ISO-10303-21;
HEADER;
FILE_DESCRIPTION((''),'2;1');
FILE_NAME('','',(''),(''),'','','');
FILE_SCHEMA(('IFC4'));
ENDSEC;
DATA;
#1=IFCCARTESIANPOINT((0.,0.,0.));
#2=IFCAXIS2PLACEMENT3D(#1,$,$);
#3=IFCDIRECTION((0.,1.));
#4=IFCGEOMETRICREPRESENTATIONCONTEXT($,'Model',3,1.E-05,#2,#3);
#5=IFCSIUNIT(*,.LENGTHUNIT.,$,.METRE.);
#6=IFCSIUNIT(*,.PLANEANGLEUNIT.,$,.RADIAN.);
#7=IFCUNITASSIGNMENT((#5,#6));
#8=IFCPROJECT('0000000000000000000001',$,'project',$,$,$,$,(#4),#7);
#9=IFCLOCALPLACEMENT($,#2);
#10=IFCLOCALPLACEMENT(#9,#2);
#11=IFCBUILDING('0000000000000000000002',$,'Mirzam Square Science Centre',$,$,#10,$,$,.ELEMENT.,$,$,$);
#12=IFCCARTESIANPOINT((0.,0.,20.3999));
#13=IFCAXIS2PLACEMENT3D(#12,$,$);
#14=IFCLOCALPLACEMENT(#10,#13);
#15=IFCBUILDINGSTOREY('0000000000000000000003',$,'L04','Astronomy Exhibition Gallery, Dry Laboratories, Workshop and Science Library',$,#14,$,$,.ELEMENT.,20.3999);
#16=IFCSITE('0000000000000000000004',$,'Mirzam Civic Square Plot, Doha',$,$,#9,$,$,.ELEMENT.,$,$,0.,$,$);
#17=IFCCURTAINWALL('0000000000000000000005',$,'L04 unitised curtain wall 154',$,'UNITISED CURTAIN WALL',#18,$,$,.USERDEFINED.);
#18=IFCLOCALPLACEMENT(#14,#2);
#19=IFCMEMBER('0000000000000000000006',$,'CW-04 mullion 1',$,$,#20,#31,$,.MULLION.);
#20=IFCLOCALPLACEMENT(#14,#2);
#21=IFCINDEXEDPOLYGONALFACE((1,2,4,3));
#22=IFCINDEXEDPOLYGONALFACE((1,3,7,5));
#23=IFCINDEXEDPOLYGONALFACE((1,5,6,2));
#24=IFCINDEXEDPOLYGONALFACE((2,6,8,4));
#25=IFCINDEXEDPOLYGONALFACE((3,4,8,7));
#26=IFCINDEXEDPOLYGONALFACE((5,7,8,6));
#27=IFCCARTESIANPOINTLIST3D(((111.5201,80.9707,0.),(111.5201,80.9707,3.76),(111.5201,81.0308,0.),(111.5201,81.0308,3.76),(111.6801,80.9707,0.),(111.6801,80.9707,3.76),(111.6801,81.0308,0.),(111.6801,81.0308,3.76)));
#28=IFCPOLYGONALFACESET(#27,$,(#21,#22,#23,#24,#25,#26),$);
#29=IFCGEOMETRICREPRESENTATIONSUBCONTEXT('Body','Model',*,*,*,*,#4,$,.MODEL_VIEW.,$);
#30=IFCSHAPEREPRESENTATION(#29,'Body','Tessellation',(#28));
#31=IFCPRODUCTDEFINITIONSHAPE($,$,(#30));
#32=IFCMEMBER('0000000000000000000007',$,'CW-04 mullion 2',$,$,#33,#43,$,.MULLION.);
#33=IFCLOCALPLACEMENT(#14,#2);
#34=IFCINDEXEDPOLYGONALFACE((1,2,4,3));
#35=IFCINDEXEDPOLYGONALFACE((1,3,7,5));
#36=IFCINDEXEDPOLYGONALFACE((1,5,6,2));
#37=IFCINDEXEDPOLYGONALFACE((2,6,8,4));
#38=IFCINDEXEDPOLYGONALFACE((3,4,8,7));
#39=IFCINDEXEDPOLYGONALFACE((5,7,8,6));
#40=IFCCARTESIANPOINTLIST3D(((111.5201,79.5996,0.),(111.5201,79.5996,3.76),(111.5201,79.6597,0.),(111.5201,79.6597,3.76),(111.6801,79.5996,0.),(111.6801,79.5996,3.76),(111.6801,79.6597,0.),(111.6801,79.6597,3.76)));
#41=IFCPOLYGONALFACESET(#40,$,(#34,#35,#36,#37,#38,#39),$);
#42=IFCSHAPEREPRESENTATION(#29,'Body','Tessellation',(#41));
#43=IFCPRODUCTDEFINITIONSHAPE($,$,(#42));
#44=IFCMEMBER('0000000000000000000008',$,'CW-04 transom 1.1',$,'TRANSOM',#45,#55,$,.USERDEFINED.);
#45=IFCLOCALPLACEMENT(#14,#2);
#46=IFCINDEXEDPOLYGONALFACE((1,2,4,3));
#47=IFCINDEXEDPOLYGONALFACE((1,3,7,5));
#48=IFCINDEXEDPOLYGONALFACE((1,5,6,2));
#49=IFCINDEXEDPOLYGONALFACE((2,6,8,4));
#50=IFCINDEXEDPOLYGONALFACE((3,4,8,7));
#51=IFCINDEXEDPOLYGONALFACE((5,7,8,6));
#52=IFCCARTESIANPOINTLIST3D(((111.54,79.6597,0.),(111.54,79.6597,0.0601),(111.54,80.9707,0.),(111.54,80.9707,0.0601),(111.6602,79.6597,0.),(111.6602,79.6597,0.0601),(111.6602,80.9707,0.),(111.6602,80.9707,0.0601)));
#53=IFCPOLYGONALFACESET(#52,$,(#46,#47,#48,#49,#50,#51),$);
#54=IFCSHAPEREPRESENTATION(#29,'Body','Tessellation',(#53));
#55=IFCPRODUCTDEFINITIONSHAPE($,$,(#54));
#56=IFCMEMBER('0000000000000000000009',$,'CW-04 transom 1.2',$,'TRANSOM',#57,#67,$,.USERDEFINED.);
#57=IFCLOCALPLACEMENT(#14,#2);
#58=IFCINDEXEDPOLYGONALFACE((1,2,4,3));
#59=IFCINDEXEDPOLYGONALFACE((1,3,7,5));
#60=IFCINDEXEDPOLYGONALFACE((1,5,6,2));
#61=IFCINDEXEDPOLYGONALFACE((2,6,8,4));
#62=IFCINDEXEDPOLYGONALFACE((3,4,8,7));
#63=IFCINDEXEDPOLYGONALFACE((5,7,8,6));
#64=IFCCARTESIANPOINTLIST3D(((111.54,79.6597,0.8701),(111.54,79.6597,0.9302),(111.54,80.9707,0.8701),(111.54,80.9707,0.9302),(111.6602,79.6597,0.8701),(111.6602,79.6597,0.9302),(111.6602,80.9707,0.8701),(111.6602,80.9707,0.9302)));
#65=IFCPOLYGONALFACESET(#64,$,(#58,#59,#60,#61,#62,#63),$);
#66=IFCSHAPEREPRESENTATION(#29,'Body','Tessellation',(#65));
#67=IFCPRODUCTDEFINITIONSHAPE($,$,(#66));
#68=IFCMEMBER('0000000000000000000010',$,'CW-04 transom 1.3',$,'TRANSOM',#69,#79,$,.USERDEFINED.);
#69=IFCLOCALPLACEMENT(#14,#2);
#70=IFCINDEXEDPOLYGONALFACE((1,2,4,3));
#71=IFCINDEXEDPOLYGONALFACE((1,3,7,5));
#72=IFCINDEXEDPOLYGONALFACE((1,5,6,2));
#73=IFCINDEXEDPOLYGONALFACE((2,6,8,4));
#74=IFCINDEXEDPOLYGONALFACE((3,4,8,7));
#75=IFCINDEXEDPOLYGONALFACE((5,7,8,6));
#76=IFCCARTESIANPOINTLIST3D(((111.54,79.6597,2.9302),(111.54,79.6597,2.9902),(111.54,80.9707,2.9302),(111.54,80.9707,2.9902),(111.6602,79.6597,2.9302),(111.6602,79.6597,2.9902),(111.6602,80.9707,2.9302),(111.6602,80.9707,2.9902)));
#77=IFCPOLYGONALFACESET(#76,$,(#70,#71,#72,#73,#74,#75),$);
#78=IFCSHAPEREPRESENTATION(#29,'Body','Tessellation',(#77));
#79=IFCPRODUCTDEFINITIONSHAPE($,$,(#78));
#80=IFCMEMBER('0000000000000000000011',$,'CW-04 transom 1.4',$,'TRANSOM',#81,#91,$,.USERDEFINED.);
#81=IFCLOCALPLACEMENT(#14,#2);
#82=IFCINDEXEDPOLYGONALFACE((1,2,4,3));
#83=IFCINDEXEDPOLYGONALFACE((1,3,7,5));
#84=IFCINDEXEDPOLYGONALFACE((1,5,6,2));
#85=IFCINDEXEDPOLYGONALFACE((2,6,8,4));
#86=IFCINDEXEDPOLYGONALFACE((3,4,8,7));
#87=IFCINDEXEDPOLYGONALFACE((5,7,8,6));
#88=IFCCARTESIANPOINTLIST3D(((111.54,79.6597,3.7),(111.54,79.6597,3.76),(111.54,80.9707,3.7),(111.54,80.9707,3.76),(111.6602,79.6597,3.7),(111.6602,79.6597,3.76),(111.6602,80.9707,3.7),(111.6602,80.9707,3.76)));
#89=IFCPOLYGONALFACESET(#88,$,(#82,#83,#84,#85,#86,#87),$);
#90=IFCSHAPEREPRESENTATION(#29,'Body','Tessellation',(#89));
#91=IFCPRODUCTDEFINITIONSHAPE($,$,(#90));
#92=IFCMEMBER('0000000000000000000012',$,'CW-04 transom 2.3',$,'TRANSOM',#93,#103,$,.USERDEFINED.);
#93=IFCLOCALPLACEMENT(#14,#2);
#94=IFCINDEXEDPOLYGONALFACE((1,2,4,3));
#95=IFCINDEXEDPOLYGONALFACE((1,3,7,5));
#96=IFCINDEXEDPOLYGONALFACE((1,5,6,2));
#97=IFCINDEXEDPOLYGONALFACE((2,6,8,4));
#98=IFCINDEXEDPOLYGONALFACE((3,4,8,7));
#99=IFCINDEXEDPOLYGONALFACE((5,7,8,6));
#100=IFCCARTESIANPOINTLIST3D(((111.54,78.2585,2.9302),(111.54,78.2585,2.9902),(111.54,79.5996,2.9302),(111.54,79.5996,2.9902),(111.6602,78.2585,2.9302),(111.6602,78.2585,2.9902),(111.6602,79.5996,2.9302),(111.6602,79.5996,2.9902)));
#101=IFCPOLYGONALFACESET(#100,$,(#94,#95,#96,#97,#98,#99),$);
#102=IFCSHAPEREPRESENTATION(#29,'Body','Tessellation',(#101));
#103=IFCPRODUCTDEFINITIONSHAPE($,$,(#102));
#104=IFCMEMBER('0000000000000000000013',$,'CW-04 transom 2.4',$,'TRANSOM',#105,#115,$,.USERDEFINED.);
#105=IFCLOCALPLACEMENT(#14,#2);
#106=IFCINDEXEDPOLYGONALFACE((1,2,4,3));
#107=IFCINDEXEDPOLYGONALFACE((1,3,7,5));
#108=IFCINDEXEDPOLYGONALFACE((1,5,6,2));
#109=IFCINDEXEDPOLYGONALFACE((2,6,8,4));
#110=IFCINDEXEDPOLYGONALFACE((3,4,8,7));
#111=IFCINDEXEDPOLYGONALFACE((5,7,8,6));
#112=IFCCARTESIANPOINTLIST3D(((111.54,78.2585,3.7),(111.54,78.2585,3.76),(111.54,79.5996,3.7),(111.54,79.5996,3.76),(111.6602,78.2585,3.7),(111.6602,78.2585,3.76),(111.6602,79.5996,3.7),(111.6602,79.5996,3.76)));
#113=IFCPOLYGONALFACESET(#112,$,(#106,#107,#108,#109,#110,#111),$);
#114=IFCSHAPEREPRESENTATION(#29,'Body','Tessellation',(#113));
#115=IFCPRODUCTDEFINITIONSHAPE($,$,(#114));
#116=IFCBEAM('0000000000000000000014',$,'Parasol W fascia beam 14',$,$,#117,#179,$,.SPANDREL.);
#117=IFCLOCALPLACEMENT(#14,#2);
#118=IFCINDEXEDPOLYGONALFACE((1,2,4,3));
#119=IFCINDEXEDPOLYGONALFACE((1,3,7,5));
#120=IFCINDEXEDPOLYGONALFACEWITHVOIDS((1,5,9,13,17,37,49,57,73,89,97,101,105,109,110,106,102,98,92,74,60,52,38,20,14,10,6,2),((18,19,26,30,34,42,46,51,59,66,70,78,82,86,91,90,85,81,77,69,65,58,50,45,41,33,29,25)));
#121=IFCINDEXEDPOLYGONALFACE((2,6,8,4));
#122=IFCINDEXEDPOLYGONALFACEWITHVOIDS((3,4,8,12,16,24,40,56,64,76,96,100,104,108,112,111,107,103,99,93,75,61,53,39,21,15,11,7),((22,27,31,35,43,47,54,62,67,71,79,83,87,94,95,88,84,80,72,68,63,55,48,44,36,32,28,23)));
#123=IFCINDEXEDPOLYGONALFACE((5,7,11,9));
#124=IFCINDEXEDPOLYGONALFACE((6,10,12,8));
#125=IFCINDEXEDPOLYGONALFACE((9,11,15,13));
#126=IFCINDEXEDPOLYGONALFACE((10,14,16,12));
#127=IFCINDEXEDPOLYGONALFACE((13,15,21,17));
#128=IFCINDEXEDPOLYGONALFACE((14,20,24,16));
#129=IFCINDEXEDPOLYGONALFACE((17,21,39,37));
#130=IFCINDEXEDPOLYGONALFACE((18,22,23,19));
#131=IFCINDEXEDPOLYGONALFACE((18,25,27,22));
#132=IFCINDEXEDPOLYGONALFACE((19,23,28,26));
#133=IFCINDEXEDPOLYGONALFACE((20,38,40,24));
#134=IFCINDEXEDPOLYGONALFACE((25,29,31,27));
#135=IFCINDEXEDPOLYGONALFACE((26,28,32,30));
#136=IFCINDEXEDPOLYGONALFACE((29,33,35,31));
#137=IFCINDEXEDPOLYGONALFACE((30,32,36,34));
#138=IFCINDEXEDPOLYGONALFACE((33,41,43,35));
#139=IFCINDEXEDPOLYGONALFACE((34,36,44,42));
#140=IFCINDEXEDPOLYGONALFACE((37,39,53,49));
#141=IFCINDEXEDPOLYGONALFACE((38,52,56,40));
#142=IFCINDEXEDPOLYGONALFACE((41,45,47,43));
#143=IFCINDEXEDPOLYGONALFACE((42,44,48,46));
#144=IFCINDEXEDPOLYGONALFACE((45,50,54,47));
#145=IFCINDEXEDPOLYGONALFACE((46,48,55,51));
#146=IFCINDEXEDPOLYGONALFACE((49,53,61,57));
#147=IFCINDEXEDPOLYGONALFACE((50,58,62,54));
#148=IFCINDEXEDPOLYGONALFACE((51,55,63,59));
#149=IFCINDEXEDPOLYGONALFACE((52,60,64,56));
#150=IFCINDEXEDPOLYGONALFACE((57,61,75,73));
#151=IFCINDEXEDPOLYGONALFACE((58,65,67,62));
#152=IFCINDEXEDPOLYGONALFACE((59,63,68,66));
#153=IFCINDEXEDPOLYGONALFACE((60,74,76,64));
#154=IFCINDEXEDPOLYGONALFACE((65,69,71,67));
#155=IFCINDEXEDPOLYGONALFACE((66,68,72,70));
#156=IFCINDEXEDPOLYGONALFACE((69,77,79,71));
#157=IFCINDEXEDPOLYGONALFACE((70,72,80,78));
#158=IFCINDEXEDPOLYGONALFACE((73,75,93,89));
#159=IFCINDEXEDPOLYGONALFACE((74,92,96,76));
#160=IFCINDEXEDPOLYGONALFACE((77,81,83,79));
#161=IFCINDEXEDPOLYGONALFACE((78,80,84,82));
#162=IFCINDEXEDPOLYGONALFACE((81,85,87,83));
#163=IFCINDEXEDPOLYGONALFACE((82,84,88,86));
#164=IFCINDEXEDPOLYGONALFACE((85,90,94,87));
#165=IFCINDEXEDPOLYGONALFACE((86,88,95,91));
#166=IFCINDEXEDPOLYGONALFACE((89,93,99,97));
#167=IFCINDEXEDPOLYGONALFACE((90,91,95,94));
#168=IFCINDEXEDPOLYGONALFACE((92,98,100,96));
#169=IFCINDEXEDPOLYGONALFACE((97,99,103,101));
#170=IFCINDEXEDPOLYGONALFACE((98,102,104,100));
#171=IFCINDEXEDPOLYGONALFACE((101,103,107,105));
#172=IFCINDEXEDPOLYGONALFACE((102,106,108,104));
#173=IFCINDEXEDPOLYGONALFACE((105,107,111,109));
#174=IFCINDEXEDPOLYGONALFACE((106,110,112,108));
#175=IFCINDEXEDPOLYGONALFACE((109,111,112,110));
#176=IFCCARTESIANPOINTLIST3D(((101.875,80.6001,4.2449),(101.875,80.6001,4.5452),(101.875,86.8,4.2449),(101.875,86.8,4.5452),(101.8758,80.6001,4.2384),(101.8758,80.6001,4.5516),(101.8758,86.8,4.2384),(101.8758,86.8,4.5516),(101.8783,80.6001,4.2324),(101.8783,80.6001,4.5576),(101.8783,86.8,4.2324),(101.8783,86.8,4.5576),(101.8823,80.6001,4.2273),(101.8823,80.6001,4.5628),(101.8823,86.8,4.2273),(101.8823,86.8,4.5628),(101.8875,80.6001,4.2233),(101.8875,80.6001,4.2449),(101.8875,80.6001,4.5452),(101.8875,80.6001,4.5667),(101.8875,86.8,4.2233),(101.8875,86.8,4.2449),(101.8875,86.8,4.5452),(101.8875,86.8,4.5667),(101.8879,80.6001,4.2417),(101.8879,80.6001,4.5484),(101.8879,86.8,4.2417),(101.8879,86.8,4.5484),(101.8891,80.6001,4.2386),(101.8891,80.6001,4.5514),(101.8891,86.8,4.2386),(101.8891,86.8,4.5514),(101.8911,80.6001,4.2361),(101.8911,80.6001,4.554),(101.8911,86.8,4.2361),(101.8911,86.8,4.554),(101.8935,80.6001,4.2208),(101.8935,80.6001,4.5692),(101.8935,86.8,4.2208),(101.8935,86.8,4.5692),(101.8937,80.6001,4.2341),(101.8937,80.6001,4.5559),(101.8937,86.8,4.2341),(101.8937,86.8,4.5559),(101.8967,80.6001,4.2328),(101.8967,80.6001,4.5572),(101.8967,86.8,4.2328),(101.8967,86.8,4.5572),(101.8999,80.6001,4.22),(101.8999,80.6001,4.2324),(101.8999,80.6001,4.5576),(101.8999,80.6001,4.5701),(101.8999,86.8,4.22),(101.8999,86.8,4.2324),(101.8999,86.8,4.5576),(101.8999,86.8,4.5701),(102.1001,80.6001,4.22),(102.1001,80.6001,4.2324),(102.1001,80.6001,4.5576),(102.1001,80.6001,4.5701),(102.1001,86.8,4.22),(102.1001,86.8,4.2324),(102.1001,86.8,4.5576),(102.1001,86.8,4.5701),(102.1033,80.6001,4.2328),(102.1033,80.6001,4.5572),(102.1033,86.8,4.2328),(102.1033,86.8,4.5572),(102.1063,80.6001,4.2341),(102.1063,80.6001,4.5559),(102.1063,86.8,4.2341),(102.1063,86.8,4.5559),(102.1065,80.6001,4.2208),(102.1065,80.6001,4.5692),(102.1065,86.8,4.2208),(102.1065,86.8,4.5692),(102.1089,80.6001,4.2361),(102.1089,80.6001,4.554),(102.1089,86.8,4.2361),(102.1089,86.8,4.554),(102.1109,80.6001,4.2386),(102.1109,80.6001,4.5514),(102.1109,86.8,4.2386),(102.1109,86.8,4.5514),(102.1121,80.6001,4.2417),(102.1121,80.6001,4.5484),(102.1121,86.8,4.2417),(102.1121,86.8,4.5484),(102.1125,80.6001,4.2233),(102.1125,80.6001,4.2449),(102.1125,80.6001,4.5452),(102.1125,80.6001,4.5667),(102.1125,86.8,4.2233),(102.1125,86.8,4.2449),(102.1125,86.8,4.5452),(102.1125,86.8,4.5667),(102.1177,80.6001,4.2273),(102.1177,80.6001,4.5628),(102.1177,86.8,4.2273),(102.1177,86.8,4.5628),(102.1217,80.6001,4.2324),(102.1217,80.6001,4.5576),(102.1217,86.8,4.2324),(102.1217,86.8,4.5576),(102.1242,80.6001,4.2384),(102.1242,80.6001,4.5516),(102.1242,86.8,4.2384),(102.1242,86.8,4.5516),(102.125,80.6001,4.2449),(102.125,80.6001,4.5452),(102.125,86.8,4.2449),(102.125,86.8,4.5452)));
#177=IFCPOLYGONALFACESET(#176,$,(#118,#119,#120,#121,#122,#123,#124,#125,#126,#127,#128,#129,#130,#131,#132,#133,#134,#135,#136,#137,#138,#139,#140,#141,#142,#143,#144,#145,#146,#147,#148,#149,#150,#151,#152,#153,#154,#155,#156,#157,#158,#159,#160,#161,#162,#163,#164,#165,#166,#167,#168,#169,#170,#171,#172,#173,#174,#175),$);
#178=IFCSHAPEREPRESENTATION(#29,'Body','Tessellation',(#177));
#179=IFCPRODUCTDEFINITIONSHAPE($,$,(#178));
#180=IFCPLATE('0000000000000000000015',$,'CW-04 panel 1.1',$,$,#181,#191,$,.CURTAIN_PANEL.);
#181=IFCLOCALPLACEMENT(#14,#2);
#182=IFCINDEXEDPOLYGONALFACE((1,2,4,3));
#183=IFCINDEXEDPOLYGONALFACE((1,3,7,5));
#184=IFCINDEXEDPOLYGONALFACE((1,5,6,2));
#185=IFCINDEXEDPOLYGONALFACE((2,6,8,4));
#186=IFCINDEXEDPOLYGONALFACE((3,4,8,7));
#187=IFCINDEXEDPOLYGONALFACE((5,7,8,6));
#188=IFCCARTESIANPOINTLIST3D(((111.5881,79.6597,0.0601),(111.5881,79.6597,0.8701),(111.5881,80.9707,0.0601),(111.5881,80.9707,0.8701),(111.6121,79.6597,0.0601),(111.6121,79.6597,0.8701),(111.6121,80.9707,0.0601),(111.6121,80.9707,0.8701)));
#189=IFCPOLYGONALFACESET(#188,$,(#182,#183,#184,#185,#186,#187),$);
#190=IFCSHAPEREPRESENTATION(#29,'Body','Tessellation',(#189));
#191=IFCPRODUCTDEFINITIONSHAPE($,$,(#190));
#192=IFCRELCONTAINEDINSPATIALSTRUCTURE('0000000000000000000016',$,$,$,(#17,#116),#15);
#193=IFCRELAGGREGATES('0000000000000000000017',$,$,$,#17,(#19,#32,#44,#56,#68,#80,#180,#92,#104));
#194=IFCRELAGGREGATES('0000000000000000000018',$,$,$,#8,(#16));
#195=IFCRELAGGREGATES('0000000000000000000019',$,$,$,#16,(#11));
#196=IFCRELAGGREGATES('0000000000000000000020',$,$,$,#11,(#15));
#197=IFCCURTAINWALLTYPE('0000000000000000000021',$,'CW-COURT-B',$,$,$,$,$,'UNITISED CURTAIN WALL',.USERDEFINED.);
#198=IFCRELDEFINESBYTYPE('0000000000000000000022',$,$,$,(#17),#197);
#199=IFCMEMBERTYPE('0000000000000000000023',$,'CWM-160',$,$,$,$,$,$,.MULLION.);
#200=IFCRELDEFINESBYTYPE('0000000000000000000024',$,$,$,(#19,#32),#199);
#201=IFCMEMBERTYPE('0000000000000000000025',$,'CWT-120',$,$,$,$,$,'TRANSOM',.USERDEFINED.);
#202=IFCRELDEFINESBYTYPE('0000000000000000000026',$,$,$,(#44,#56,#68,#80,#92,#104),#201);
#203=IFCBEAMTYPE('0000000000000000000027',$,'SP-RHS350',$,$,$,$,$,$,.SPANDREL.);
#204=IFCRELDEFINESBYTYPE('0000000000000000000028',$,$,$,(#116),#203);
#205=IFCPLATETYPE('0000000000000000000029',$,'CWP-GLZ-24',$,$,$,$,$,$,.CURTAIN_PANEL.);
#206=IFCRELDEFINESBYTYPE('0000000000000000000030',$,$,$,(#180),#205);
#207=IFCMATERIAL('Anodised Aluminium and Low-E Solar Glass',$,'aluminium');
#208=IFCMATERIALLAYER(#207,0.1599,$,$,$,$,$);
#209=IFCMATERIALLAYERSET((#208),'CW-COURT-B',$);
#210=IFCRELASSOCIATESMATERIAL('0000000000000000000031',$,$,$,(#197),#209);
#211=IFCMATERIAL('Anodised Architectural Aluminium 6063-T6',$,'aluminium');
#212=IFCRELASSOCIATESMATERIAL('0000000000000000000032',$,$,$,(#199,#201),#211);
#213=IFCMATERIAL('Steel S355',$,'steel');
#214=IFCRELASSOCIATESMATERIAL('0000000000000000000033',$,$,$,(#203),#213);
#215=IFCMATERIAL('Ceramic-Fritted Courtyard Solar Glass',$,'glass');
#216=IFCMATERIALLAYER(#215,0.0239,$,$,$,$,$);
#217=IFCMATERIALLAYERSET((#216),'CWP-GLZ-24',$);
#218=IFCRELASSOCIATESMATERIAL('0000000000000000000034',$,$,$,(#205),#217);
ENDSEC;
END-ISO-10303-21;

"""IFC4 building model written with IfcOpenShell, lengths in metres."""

from ifc_helpers import new_model, si_unit, direction, frame, origin, origin_2d, place, context, subcontext, project, spatial, rectangle, hollow_rectangle, extrude, material, layer, layer_set, material_profile, profile_set, type_object, element, aggregate, save


model = new_model("IFC4")

# Units and contexts
model_context = context("Model", 3, precision=1e-05, world=origin(), true_north=direction((0.0, 1.0)))
body_context = subcontext(model_context, "Body", "Model", "MODEL_VIEW")
ifc_project = project(units=[si_unit("LENGTHUNIT", "METRE"), si_unit("PLANEANGLEUNIT", "RADIAN")], contexts=[model_context])

# Site, building, storey
site_placement = place(None, origin())
site = spatial("IfcSite", under=ifc_project, at=site_placement, Name="Mirzam Civic Square Plot, Doha", CompositionType="ELEMENT", RefElevation=0.0)
building_placement = place(site_placement, origin())
building = spatial("IfcBuilding", under=site, at=building_placement, Name="Mirzam Square Science Centre", CompositionType="ELEMENT")
storey_placement = place(building_placement, frame((0.0, 0.0, 20.3999)))
storey = spatial("IfcBuildingStorey", under=building, at=storey_placement, Name="L04", Description="Astronomy Exhibition Gallery, Dry Laboratories, Workshop and Science Library", CompositionType="ELEMENT", Elevation=20.3999)

# Shared definitions
ifc_material_1 = material(Name="Steel S355", Category="steel")

# Curtain wall, members
ifc_material_2 = material(Name="Anodised Aluminium and Low-E Solar Glass", Category="aluminium")
ifc_layer_1 = layer(ifc_material_2, 0.1599)
ifc_layer_set_1 = layer_set([ifc_layer_1], Name="CW-COURT-B")
curtain_wall_type = type_object("IfcCurtainWallType", Name="CW-COURT-B", ElementType="UNITISED CURTAIN WALL", PredefinedType="USERDEFINED", material=ifc_layer_set_1)
curtain_wall_placement = place(storey_placement, origin())
curtain_wall = element("IfcCurtainWall", 1, at=curtain_wall_placement, inside=storey, type_object=curtain_wall_type, Name="L04 unitised curtain wall 154", ObjectType="UNITISED CURTAIN WALL", PredefinedType="USERDEFINED")
ifc_material_3 = material(Name="Anodised Architectural Aluminium 6063-T6", Category="aluminium")
ifc_material_profile_1 = material_profile(ifc_material_3, rectangle(XDim=0.0601, YDim=0.1599, at=origin_2d()), Name="ALU-MULL-160x60x4")
ifc_profile_set_1 = profile_set([ifc_material_profile_1], Name="Anodised Architectural Aluminium 6063-T6")
member_type_1 = type_object("IfcMemberType", Name="CWM-160", PredefinedType="MULLION", material=ifc_profile_set_1)
member_1_placement = place(storey_placement, frame((111.6001, 81.0007, 0.0), z_axis=(0.0, 0.0, 1.0), x_axis=(0.0, -1.0, 0.0)))
member_1 = element("IfcMember", 2, at=member_1_placement, type_object=member_type_1, Name="CW-04 mullion 1", PredefinedType="MULLION", context=body_context, shape_type="SweptSolid", body=[
    extrude(rectangle(XDim=0.0601, YDim=0.1599, at=origin_2d()), origin(), (0.0, 0.0, 1.0), 3.76),
])
member_2_placement = place(storey_placement, frame((111.6001, 79.6296, 0.0), z_axis=(0.0, 0.0, 1.0), x_axis=(0.0, -1.0, 0.0)))
member_2 = element("IfcMember", 3, at=member_2_placement, type_object=member_type_1, Name="CW-04 mullion 2", PredefinedType="MULLION", context=body_context, shape_type="SweptSolid", body=[
    extrude(rectangle(XDim=0.0601, YDim=0.1599, at=origin_2d()), origin(), (0.0, 0.0, 1.0), 3.76),
])
ifc_material_profile_2 = material_profile(ifc_material_3, rectangle(XDim=0.1201, YDim=0.0601, at=origin_2d()), Name="ALU-TRAN-120x60x4")
ifc_profile_set_2 = profile_set([ifc_material_profile_2], Name="Anodised Architectural Aluminium 6063-T6")
member_type_2 = type_object("IfcMemberType", Name="CWT-120", ElementType="TRANSOM", PredefinedType="USERDEFINED", material=ifc_profile_set_2)
member_3_placement = place(storey_placement, frame((111.6001, 80.9707, 0.03), z_axis=(0.0, -1.0, 0.0), x_axis=(1.0, 0.0, 0.0)))
member_3 = element("IfcMember", 4, at=member_3_placement, type_object=member_type_2, Name="CW-04 transom 1.1", ObjectType="TRANSOM", PredefinedType="USERDEFINED", context=body_context, shape_type="SweptSolid", body=[
    extrude(rectangle(XDim=0.1201, YDim=0.0601, at=origin_2d()), origin(), (0.0, 0.0, 1.0), 1.311),
])
member_4_placement = place(storey_placement, frame((111.6001, 80.9707, 0.9001), z_axis=(0.0, -1.0, 0.0), x_axis=(1.0, 0.0, 0.0)))
member_4 = element("IfcMember", 5, at=member_4_placement, type_object=member_type_2, Name="CW-04 transom 1.2", ObjectType="TRANSOM", PredefinedType="USERDEFINED", context=body_context, shape_type="SweptSolid", body=[
    extrude(rectangle(XDim=0.1201, YDim=0.0601, at=origin_2d()), origin(), (0.0, 0.0, 1.0), 1.311),
])
member_5_placement = place(storey_placement, frame((111.6001, 80.9707, 2.9602), z_axis=(0.0, -1.0, 0.0), x_axis=(1.0, 0.0, 0.0)))
member_5 = element("IfcMember", 6, at=member_5_placement, type_object=member_type_2, Name="CW-04 transom 1.3", ObjectType="TRANSOM", PredefinedType="USERDEFINED", context=body_context, shape_type="SweptSolid", body=[
    extrude(rectangle(XDim=0.1201, YDim=0.0601, at=origin_2d()), origin(), (0.0, 0.0, 1.0), 1.311),
])
member_6_placement = place(storey_placement, frame((111.6001, 80.9707, 3.73), z_axis=(0.0, -1.0, 0.0), x_axis=(1.0, 0.0, 0.0)))
member_6 = element("IfcMember", 7, at=member_6_placement, type_object=member_type_2, Name="CW-04 transom 1.4", ObjectType="TRANSOM", PredefinedType="USERDEFINED", context=body_context, shape_type="SweptSolid", body=[
    extrude(rectangle(XDim=0.1201, YDim=0.0601, at=origin_2d()), origin(), (0.0, 0.0, 1.0), 1.311),
])
member_7_placement = place(storey_placement, frame((111.6001, 79.5996, 2.9602), z_axis=(0.0, -1.0, 0.0), x_axis=(1.0, 0.0, 0.0)))
member_7 = element("IfcMember", 8, at=member_7_placement, type_object=member_type_2, Name="CW-04 transom 2.3", ObjectType="TRANSOM", PredefinedType="USERDEFINED", context=body_context, shape_type="SweptSolid", body=[
    extrude(rectangle(XDim=0.1201, YDim=0.0601, at=origin_2d()), origin(), (0.0, 0.0, 1.0), 1.3411),
])
member_8_placement = place(storey_placement, frame((111.6001, 79.5996, 3.73), z_axis=(0.0, -1.0, 0.0), x_axis=(1.0, 0.0, 0.0)))
member_8 = element("IfcMember", 9, at=member_8_placement, type_object=member_type_2, Name="CW-04 transom 2.4", ObjectType="TRANSOM", PredefinedType="USERDEFINED", context=body_context, shape_type="SweptSolid", body=[
    extrude(rectangle(XDim=0.1201, YDim=0.0601, at=origin_2d()), origin(), (0.0, 0.0, 1.0), 1.3411),
])

# Beam
ifc_material_profile_3 = material_profile(ifc_material_1, hollow_rectangle(XDim=0.25, YDim=0.3501, WallThickness=0.0125, InnerFilletRadius=0.0125, OuterFilletRadius=0.0249, at=origin_2d()), Name="350x250x12.5RHS")
ifc_profile_set_3 = profile_set([ifc_material_profile_3], Name="Steel S355")
beam_type_1 = type_object("IfcBeamType", Name="SP-RHS350", PredefinedType="SPANDREL", material=ifc_profile_set_3)
beam_1_placement = place(storey_placement, frame((102.0, 80.6001, 4.395), z_axis=(0.0, 1.0, 0.0), x_axis=(-1.0, 0.0, 0.0)))
element("IfcBeam", 10, at=beam_1_placement, inside=storey, type_object=beam_type_1, Name="Parasol W fascia beam 14", PredefinedType="SPANDREL", context=body_context, shape_type="SweptSolid", body=[
    extrude(hollow_rectangle(XDim=0.25, YDim=0.3501, WallThickness=0.0125, InnerFilletRadius=0.0125, OuterFilletRadius=0.0249, at=origin_2d()), origin(), (0.0, 0.0, 1.0), 6.2),
])

# Plate
ifc_material_4 = material(Name="Ceramic-Fritted Courtyard Solar Glass", Category="glass")
ifc_layer_2 = layer(ifc_material_4, 0.0239)
ifc_layer_set_2 = layer_set([ifc_layer_2], Name="CWP-GLZ-24")
plate_type = type_object("IfcPlateType", Name="CWP-GLZ-24", PredefinedType="CURTAIN_PANEL", material=ifc_layer_set_2)
plate_1_placement = place(storey_placement, frame((111.6001, 80.3152, 0.0601), z_axis=(0.0, 0.0, 1.0), x_axis=(0.0, -1.0, 0.0)))
plate_1 = element("IfcPlate", 11, at=plate_1_placement, type_object=plate_type, Name="CW-04 panel 1.1", PredefinedType="CURTAIN_PANEL", context=body_context, shape_type="SweptSolid", body=[
    extrude(rectangle(XDim=1.311, YDim=0.0239, at=origin_2d()), origin(), (0.0, 0.0, 1.0), 0.8101),
])
aggregate(curtain_wall, [member_1, member_2, member_3, member_4, member_5, member_6, plate_1, member_7, member_8])

save(model, "model.ifc")
